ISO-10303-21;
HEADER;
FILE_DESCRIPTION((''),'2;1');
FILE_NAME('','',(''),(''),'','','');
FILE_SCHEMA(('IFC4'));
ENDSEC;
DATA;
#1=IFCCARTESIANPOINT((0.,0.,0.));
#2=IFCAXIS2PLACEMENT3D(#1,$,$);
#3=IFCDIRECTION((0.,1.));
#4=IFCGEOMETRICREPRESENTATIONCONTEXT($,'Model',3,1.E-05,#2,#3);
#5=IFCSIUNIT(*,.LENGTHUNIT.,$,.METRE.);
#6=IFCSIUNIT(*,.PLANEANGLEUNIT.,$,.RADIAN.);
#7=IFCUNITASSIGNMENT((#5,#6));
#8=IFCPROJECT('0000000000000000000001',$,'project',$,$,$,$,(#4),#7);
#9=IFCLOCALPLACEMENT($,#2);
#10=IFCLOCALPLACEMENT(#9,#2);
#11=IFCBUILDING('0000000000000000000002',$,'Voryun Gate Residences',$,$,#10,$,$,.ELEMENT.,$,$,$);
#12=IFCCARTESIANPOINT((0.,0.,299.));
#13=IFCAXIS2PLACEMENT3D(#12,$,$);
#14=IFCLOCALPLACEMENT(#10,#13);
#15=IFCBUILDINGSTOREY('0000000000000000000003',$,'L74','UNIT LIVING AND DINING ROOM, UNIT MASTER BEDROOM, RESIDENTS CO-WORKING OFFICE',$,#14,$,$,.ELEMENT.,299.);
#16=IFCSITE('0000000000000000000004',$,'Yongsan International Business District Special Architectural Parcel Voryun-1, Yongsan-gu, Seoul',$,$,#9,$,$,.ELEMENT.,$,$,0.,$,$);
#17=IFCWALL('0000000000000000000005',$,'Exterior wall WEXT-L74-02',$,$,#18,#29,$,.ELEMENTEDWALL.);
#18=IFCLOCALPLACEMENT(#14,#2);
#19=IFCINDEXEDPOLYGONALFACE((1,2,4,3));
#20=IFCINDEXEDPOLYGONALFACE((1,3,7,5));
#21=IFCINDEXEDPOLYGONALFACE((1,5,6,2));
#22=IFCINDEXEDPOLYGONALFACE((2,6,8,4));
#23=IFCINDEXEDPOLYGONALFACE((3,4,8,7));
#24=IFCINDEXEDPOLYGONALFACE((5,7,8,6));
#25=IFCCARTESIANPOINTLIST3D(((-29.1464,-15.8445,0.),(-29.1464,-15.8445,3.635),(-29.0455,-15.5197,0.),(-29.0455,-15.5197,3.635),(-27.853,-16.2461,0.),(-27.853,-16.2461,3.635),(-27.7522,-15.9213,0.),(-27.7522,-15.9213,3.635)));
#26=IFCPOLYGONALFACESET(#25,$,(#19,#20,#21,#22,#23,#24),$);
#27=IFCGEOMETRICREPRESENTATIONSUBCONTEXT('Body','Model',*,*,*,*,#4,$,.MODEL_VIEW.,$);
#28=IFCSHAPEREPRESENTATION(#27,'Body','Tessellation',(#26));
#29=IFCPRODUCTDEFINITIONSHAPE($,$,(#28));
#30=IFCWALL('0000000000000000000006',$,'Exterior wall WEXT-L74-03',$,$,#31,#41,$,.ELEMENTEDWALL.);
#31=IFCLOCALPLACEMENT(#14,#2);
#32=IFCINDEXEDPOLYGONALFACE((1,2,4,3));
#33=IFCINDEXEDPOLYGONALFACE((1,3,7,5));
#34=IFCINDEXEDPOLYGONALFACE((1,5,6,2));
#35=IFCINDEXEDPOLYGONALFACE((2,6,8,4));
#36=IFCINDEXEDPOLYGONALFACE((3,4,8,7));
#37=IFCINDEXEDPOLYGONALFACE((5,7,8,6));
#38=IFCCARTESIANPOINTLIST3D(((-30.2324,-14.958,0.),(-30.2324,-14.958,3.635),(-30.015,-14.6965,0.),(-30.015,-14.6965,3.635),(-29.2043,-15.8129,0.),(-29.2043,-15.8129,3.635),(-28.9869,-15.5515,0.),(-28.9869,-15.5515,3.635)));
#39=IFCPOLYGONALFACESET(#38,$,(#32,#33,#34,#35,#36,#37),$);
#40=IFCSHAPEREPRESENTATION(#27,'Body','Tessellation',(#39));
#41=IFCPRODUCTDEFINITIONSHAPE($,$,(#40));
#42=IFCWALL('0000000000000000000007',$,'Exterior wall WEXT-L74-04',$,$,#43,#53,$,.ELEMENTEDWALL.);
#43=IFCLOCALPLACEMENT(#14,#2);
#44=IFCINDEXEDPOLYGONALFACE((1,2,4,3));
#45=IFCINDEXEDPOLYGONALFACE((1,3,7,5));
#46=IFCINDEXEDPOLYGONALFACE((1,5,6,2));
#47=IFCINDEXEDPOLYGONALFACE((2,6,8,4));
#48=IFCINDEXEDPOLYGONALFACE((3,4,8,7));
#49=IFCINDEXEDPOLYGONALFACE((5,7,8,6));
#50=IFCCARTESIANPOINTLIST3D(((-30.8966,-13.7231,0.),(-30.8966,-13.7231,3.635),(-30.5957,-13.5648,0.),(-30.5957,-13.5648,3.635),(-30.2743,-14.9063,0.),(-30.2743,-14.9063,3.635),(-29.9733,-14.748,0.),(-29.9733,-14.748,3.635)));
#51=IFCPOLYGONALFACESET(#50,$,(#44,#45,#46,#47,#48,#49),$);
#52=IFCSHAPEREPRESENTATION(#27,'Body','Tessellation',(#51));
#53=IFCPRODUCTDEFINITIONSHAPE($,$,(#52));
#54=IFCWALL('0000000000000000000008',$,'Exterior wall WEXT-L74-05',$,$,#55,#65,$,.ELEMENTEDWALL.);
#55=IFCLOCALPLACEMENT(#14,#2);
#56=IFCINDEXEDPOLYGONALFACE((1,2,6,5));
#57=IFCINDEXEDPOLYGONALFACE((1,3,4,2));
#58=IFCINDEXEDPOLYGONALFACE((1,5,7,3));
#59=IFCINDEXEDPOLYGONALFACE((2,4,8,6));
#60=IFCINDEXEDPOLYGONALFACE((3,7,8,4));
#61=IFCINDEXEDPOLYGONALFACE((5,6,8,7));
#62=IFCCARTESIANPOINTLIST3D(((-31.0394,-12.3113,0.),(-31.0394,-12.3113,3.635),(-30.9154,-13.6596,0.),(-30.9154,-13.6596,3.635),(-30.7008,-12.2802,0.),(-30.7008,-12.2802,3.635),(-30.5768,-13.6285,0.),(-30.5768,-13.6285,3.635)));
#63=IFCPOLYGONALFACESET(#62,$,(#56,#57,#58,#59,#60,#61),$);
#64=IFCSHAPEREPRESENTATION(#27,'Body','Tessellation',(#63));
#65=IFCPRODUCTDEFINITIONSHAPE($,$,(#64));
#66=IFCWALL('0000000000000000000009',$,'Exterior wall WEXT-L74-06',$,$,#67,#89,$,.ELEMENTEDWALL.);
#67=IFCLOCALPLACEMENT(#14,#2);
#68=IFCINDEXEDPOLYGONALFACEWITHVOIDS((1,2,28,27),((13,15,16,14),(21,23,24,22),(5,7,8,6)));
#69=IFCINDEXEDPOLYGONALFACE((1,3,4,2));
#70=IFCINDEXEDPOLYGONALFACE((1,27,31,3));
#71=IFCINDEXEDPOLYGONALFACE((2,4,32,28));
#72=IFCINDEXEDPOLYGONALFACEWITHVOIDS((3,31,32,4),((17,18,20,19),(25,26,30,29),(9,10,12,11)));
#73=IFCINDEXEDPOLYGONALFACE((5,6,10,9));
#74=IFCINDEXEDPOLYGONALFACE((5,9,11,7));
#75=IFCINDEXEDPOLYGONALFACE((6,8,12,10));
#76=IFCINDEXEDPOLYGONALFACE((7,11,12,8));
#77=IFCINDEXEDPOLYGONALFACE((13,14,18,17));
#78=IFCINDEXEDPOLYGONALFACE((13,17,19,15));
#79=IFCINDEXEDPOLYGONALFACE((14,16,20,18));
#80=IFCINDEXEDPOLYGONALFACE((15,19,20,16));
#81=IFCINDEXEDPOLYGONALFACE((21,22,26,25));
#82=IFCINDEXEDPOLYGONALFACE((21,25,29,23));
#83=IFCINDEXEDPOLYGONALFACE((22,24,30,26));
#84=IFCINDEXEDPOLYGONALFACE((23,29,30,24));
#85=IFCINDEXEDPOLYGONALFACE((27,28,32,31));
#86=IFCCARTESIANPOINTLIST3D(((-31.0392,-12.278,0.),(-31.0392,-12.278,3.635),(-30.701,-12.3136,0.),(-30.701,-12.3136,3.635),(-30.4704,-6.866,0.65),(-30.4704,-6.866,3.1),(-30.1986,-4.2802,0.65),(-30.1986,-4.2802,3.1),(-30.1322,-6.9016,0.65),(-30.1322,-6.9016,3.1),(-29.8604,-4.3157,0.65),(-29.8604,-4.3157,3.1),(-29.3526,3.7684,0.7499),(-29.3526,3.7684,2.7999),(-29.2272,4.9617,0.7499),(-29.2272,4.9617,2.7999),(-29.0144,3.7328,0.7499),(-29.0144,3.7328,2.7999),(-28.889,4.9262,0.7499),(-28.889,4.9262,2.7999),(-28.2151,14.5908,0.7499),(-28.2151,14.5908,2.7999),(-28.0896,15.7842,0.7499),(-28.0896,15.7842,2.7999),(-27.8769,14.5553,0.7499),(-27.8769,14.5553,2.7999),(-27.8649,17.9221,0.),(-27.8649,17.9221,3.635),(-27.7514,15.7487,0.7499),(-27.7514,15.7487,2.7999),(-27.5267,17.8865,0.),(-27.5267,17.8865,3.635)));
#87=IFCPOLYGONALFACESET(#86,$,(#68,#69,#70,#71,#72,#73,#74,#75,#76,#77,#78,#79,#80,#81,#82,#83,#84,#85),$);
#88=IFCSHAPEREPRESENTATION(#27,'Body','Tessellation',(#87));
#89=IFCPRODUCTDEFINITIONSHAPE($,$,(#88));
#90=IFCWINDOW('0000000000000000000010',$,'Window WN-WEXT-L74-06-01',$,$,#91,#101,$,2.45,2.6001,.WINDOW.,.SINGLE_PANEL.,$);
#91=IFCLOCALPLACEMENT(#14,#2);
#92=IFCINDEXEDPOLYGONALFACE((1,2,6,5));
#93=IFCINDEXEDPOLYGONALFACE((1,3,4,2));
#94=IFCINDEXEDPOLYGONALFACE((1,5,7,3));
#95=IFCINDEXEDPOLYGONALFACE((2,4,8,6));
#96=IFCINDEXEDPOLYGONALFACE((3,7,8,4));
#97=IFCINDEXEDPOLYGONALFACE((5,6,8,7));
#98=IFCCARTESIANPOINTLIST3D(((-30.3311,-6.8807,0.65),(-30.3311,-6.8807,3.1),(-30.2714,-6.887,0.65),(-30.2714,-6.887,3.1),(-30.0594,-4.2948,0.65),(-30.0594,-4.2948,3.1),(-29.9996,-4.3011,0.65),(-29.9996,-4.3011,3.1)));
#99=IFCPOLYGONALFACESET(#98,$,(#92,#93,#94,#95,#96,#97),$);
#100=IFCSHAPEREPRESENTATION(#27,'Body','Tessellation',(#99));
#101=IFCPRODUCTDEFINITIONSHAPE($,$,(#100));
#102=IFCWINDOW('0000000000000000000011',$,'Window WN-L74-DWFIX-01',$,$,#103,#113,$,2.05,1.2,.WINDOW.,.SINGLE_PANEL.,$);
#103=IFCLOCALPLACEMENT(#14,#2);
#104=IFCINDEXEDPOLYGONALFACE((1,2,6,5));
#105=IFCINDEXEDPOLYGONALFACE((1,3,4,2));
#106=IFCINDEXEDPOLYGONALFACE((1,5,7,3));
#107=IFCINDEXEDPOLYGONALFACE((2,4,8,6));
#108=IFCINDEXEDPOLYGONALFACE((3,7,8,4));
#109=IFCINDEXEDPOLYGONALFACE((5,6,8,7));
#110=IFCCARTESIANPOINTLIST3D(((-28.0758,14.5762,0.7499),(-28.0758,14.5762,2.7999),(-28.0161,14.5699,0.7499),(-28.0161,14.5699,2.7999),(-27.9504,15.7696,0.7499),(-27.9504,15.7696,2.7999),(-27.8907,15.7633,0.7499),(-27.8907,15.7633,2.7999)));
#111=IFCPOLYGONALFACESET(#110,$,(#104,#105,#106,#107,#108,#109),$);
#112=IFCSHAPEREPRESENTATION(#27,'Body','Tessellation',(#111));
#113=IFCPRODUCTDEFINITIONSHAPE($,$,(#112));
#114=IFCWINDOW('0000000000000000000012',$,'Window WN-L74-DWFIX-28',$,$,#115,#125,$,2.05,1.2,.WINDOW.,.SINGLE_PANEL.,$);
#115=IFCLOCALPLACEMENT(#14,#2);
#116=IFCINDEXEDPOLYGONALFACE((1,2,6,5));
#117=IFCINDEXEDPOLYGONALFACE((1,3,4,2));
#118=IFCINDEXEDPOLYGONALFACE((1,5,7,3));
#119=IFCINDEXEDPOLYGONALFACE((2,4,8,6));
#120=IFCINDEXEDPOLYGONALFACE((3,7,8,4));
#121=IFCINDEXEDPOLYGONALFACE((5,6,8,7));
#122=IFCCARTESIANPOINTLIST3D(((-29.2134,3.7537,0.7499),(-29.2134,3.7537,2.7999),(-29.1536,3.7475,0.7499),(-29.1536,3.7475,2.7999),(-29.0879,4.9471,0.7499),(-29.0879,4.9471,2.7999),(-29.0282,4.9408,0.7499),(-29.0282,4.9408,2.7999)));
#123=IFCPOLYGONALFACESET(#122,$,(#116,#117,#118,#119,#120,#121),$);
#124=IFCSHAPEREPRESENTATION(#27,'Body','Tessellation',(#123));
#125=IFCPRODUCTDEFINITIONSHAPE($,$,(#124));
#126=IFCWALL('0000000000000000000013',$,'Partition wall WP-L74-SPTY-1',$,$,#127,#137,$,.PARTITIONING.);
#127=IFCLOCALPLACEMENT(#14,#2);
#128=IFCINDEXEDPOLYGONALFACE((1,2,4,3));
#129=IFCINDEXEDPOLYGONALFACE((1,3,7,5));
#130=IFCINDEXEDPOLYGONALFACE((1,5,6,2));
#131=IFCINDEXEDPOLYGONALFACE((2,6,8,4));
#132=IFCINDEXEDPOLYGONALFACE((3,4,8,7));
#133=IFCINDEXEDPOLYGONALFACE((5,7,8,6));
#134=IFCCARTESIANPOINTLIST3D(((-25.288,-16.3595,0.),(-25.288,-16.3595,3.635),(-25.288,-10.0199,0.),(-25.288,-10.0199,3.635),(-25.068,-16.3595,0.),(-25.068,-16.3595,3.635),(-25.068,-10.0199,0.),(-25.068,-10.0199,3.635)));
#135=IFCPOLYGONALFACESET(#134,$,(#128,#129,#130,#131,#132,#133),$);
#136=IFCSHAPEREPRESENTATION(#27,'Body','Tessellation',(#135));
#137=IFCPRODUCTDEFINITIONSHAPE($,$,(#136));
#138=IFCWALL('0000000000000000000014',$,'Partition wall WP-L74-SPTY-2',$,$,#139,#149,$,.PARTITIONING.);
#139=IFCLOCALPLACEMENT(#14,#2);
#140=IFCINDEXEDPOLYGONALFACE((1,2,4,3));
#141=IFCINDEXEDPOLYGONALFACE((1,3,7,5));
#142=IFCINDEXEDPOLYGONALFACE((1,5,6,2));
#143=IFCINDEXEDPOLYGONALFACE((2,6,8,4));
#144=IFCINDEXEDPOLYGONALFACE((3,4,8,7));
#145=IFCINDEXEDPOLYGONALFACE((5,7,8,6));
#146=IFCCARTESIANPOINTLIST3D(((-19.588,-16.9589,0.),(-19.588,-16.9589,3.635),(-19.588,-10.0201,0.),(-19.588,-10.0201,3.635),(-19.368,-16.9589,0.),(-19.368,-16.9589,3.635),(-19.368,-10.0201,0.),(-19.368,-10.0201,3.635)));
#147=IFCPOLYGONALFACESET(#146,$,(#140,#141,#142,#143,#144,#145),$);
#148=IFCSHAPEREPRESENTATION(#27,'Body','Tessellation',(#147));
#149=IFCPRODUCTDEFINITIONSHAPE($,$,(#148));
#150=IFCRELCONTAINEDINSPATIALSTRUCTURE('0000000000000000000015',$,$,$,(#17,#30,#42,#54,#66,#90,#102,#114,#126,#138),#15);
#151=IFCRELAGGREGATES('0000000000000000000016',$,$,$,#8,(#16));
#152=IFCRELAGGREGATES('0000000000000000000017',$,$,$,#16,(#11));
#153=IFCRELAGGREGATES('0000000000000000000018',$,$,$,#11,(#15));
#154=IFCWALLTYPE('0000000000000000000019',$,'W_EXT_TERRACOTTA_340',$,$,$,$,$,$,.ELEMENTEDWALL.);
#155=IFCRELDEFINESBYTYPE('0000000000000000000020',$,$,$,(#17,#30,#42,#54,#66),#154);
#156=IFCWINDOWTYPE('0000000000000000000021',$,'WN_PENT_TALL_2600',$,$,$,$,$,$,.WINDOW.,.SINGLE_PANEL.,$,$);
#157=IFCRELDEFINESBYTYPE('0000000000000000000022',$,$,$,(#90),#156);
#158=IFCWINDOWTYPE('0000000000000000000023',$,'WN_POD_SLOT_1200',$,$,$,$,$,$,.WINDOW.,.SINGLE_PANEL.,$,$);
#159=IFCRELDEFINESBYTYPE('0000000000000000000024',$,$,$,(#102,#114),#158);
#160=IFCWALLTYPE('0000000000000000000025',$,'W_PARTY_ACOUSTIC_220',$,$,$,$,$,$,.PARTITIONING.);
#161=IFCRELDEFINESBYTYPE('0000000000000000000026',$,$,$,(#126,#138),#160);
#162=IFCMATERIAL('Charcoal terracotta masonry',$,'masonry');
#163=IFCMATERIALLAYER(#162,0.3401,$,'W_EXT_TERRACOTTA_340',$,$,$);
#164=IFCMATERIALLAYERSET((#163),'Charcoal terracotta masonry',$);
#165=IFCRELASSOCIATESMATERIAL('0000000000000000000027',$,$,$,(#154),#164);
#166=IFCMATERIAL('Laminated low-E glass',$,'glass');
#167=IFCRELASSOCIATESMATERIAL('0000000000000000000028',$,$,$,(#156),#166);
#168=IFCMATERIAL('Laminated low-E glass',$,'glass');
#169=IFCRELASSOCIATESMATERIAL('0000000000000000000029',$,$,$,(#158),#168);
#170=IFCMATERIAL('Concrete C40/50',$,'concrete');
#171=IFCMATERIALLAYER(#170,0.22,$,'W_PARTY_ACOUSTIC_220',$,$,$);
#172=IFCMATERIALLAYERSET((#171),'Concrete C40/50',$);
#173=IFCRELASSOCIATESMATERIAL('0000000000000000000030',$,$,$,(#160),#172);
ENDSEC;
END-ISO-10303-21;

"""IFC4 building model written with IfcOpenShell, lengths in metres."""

from ifc_helpers import new_model, si_unit, direction, frame, frame_2d, origin, place, context, subcontext, project, spatial, rectangle, extrude, material, layer, layer_set, type_object, element, fill, save


model = new_model("IFC4")

# Units and contexts
model_context = context("Model", 3, precision=1e-05, world=origin(), true_north=direction((0.0, 1.0)))
body_context = subcontext(model_context, "Body", "Model", "MODEL_VIEW")
ifc_project = project(units=[si_unit("LENGTHUNIT", "METRE"), si_unit("PLANEANGLEUNIT", "RADIAN")], contexts=[model_context])

# Site, building, storey
site_placement = place(None, origin())
site = spatial("IfcSite", under=ifc_project, at=site_placement, Name="Yongsan International Business District Special Architectural Parcel Voryun-1, Yongsan-gu, Seoul", CompositionType="ELEMENT", RefElevation=0.0)
building_placement = place(site_placement, origin())
building = spatial("IfcBuilding", under=site, at=building_placement, Name="Voryun Gate Residences", CompositionType="ELEMENT")
storey_placement = place(building_placement, frame((0.0, 0.0, 299.0)))
storey = spatial("IfcBuildingStorey", under=building, at=storey_placement, Name="L74", Description="UNIT LIVING AND DINING ROOM, UNIT MASTER BEDROOM, RESIDENTS CO-WORKING OFFICE", CompositionType="ELEMENT", Elevation=299.0)

# Walls
ifc_material_1 = material(Name="Charcoal terracotta masonry", Category="masonry")
ifc_layer_1 = layer(ifc_material_1, 0.3401, Name="W_EXT_TERRACOTTA_340")
ifc_layer_set_1 = layer_set([ifc_layer_1], Name="Charcoal terracotta masonry")
wall_type_1 = type_object("IfcWallType", Name="W_EXT_TERRACOTTA_340", PredefinedType="ELEMENTEDWALL", material=ifc_layer_set_1)
wall_1_placement = place(storey_placement, frame((-27.8025, -16.0837, 0.0), z_axis=(0.0, 0.0, 1.0), x_axis=(-0.955008, 0.296581, 0.0)))
element("IfcWall", 1, at=wall_1_placement, inside=storey, type_object=wall_type_1, Name="Exterior wall WEXT-L74-02", PredefinedType="ELEMENTEDWALL", context=body_context, shape_type="SweptSolid", body=[
    extrude(rectangle(XDim=1.3542, YDim=0.3401, at=frame_2d((0.6772, 0.0))), origin(), (0.0, 0.0, 1.0), 3.635),
])
wall_2_placement = place(storey_placement, frame((-29.0957, -15.6821, 0.0), z_axis=(0.0, 0.0, 1.0), x_axis=(-0.768864, 0.639412, 0.0)))
element("IfcWall", 2, at=wall_2_placement, inside=storey, type_object=wall_type_1, Name="Exterior wall WEXT-L74-03", PredefinedType="ELEMENTEDWALL", context=body_context, shape_type="SweptSolid", body=[
    extrude(rectangle(XDim=1.3372, YDim=0.3401, at=frame_2d((0.6685, 0.0))), origin(), (0.0, 0.0, 1.0), 3.635),
])
wall_3_placement = place(storey_placement, frame((-30.1238, -14.8271, 0.0), z_axis=(0.0, 0.0, 1.0), x_axis=(-0.465528, 0.885033, 0.0)))
element("IfcWall", 3, at=wall_3_placement, inside=storey, type_object=wall_type_1, Name="Exterior wall WEXT-L74-04", PredefinedType="ELEMENTEDWALL", context=body_context, shape_type="SweptSolid", body=[
    extrude(rectangle(XDim=1.3369, YDim=0.3401, at=frame_2d((0.6685, 0.0))), origin(), (0.0, 0.0, 1.0), 3.635),
])
wall_4_placement = place(storey_placement, frame((-30.7461, -13.644, 0.0), z_axis=(0.0, 0.0, 1.0), x_axis=(-0.091592, 0.995797, 0.0)))
element("IfcWall", 4, at=wall_4_placement, inside=storey, type_object=wall_type_1, Name="Exterior wall WEXT-L74-05", PredefinedType="ELEMENTEDWALL", context=body_context, shape_type="SweptSolid", body=[
    extrude(rectangle(XDim=1.354, YDim=0.3401, at=frame_2d((0.677, 0.0))), origin(), (0.0, 0.0, 1.0), 3.635),
])

# Wall, openings, windows
wall_5_placement = place(storey_placement, frame((-30.8701, -12.2957, 0.0), z_axis=(0.0, 0.0, 1.0), x_axis=(0.104533, 0.994521, 0.0)))
wall_5 = element("IfcWall", 5, at=wall_5_placement, inside=storey, type_object=wall_type_1, Name="Exterior wall WEXT-L74-06", PredefinedType="ELEMENTEDWALL", context=body_context, shape_type="SweptSolid", body=[
    extrude(rectangle(XDim=30.3665, YDim=0.3401, at=frame_2d((15.1831, 0.0))), origin(), (0.0, 0.0, 1.0), 3.635),
])
opening_1_placement = place(wall_5_placement, frame((5.4417, 0.0, 0.6499)))
opening_1 = element("IfcOpeningElement", 6, at=opening_1_placement, cuts=wall_5, PredefinedType="OPENING", context=body_context, shape_type="SweptSolid", body=[
    extrude(rectangle(XDim=2.6001, YDim=2.45, at=frame_2d((1.3, 1.2251))), frame((0.0, 0.1799, 0.0), z_axis=(0.0, -1.0, 0.0), x_axis=(1.0, 0.0, 0.0)), (0.0, 0.0, 1.0), 0.3601),
])
opening_2_placement = place(wall_5_placement, frame((27.0166, 0.0, 0.75)))
opening_2 = element("IfcOpeningElement", 7, at=opening_2_placement, cuts=wall_5, PredefinedType="OPENING", context=body_context, shape_type="SweptSolid", body=[
    extrude(rectangle(XDim=1.2, YDim=2.05, at=frame_2d((0.6001, 1.0249))), frame((0.0, 0.1799, 0.0), z_axis=(0.0, -1.0, 0.0), x_axis=(1.0, 0.0, 0.0)), (0.0, 0.0, 1.0), 0.3601),
])
opening_3_placement = place(wall_5_placement, frame((16.1345, 0.0, 0.75)))
opening_3 = element("IfcOpeningElement", 8, at=opening_3_placement, cuts=wall_5, PredefinedType="OPENING", context=body_context, shape_type="SweptSolid", body=[
    extrude(rectangle(XDim=1.2, YDim=2.05, at=frame_2d((0.6001, 1.0249))), frame((0.0, 0.1799, 0.0), z_axis=(0.0, -1.0, 0.0), x_axis=(1.0, 0.0, 0.0)), (0.0, 0.0, 1.0), 0.3601),
])
ifc_material_2 = material(Name="Laminated low-E glass", Category="glass")
window_type_1 = type_object("IfcWindowType", Name="WN_PENT_TALL_2600", PartitioningType="SINGLE_PANEL", PredefinedType="WINDOW", material=ifc_material_2)
window_1_placement = place(opening_1_placement, origin())
window_1 = element("IfcWindow", 9, at=window_1_placement, inside=storey, type_object=window_type_1, Name="Window WN-WEXT-L74-06-01", OverallHeight=2.45, OverallWidth=2.6001, PartitioningType="SINGLE_PANEL", PredefinedType="WINDOW", context=body_context, shape_type="SweptSolid", body=[
    extrude(rectangle(XDim=2.6001, YDim=2.45, at=frame_2d((1.3, 1.2251))), frame((0.0, 0.03, 0.0), z_axis=(0.0, -1.0, 0.0), x_axis=(1.0, 0.0, 0.0)), (0.0, 0.0, 1.0), 0.0601),
])
fill(opening_1, window_1)
ifc_material_3 = material(Name="Laminated low-E glass", Category="glass")
window_type_2 = type_object("IfcWindowType", Name="WN_POD_SLOT_1200", PartitioningType="SINGLE_PANEL", PredefinedType="WINDOW", material=ifc_material_3)
window_2_placement = place(opening_2_placement, origin())
window_2 = element("IfcWindow", 10, at=window_2_placement, inside=storey, type_object=window_type_2, Name="Window WN-L74-DWFIX-01", OverallHeight=2.05, OverallWidth=1.2, PartitioningType="SINGLE_PANEL", PredefinedType="WINDOW", context=body_context, shape_type="SweptSolid", body=[
    extrude(rectangle(XDim=1.2, YDim=2.05, at=frame_2d((0.6001, 1.0249))), frame((0.0, 0.03, 0.0), z_axis=(0.0, -1.0, 0.0), x_axis=(1.0, 0.0, 0.0)), (0.0, 0.0, 1.0), 0.0601),
])
fill(opening_2, window_2)
window_3_placement = place(opening_3_placement, origin())
window_3 = element("IfcWindow", 11, at=window_3_placement, inside=storey, type_object=window_type_2, Name="Window WN-L74-DWFIX-28", OverallHeight=2.05, OverallWidth=1.2, PartitioningType="SINGLE_PANEL", PredefinedType="WINDOW", context=body_context, shape_type="SweptSolid", body=[
    extrude(rectangle(XDim=1.2, YDim=2.05, at=frame_2d((0.6001, 1.0249))), frame((0.0, 0.03, 0.0), z_axis=(0.0, -1.0, 0.0), x_axis=(1.0, 0.0, 0.0)), (0.0, 0.0, 1.0), 0.0601),
])
fill(opening_3, window_3)

# Walls
ifc_material_4 = material(Name="Concrete C40/50", Category="concrete")
ifc_layer_2 = layer(ifc_material_4, 0.22, Name="W_PARTY_ACOUSTIC_220")
ifc_layer_set_2 = layer_set([ifc_layer_2], Name="Concrete C40/50")
wall_type_2 = type_object("IfcWallType", Name="W_PARTY_ACOUSTIC_220", PredefinedType="PARTITIONING", material=ifc_layer_set_2)
wall_6_placement = place(storey_placement, frame((-25.178, -16.3596, 0.0), z_axis=(0.0, 0.0, 1.0), x_axis=(0.0, 1.0, 0.0)))
element("IfcWall", 12, at=wall_6_placement, inside=storey, type_object=wall_type_2, Name="Partition wall WP-L74-SPTY-1", PredefinedType="PARTITIONING", context=body_context, shape_type="SweptSolid", body=[
    extrude(rectangle(XDim=6.3396, YDim=0.22, at=frame_2d((3.1699, 0.0))), origin(), (0.0, 0.0, 1.0), 3.635),
])
wall_7_placement = place(storey_placement, frame((-19.478, -16.9587, 0.0), z_axis=(0.0, 0.0, 1.0), x_axis=(0.0, 1.0, 0.0)))
element("IfcWall", 13, at=wall_7_placement, inside=storey, type_object=wall_type_2, Name="Partition wall WP-L74-SPTY-2", PredefinedType="PARTITIONING", context=body_context, shape_type="SweptSolid", body=[
    extrude(rectangle(XDim=6.9387, YDim=0.22, at=frame_2d((3.4692, 0.0))), origin(), (0.0, 0.0, 1.0), 3.635),
])

save(model, "model.ifc")
